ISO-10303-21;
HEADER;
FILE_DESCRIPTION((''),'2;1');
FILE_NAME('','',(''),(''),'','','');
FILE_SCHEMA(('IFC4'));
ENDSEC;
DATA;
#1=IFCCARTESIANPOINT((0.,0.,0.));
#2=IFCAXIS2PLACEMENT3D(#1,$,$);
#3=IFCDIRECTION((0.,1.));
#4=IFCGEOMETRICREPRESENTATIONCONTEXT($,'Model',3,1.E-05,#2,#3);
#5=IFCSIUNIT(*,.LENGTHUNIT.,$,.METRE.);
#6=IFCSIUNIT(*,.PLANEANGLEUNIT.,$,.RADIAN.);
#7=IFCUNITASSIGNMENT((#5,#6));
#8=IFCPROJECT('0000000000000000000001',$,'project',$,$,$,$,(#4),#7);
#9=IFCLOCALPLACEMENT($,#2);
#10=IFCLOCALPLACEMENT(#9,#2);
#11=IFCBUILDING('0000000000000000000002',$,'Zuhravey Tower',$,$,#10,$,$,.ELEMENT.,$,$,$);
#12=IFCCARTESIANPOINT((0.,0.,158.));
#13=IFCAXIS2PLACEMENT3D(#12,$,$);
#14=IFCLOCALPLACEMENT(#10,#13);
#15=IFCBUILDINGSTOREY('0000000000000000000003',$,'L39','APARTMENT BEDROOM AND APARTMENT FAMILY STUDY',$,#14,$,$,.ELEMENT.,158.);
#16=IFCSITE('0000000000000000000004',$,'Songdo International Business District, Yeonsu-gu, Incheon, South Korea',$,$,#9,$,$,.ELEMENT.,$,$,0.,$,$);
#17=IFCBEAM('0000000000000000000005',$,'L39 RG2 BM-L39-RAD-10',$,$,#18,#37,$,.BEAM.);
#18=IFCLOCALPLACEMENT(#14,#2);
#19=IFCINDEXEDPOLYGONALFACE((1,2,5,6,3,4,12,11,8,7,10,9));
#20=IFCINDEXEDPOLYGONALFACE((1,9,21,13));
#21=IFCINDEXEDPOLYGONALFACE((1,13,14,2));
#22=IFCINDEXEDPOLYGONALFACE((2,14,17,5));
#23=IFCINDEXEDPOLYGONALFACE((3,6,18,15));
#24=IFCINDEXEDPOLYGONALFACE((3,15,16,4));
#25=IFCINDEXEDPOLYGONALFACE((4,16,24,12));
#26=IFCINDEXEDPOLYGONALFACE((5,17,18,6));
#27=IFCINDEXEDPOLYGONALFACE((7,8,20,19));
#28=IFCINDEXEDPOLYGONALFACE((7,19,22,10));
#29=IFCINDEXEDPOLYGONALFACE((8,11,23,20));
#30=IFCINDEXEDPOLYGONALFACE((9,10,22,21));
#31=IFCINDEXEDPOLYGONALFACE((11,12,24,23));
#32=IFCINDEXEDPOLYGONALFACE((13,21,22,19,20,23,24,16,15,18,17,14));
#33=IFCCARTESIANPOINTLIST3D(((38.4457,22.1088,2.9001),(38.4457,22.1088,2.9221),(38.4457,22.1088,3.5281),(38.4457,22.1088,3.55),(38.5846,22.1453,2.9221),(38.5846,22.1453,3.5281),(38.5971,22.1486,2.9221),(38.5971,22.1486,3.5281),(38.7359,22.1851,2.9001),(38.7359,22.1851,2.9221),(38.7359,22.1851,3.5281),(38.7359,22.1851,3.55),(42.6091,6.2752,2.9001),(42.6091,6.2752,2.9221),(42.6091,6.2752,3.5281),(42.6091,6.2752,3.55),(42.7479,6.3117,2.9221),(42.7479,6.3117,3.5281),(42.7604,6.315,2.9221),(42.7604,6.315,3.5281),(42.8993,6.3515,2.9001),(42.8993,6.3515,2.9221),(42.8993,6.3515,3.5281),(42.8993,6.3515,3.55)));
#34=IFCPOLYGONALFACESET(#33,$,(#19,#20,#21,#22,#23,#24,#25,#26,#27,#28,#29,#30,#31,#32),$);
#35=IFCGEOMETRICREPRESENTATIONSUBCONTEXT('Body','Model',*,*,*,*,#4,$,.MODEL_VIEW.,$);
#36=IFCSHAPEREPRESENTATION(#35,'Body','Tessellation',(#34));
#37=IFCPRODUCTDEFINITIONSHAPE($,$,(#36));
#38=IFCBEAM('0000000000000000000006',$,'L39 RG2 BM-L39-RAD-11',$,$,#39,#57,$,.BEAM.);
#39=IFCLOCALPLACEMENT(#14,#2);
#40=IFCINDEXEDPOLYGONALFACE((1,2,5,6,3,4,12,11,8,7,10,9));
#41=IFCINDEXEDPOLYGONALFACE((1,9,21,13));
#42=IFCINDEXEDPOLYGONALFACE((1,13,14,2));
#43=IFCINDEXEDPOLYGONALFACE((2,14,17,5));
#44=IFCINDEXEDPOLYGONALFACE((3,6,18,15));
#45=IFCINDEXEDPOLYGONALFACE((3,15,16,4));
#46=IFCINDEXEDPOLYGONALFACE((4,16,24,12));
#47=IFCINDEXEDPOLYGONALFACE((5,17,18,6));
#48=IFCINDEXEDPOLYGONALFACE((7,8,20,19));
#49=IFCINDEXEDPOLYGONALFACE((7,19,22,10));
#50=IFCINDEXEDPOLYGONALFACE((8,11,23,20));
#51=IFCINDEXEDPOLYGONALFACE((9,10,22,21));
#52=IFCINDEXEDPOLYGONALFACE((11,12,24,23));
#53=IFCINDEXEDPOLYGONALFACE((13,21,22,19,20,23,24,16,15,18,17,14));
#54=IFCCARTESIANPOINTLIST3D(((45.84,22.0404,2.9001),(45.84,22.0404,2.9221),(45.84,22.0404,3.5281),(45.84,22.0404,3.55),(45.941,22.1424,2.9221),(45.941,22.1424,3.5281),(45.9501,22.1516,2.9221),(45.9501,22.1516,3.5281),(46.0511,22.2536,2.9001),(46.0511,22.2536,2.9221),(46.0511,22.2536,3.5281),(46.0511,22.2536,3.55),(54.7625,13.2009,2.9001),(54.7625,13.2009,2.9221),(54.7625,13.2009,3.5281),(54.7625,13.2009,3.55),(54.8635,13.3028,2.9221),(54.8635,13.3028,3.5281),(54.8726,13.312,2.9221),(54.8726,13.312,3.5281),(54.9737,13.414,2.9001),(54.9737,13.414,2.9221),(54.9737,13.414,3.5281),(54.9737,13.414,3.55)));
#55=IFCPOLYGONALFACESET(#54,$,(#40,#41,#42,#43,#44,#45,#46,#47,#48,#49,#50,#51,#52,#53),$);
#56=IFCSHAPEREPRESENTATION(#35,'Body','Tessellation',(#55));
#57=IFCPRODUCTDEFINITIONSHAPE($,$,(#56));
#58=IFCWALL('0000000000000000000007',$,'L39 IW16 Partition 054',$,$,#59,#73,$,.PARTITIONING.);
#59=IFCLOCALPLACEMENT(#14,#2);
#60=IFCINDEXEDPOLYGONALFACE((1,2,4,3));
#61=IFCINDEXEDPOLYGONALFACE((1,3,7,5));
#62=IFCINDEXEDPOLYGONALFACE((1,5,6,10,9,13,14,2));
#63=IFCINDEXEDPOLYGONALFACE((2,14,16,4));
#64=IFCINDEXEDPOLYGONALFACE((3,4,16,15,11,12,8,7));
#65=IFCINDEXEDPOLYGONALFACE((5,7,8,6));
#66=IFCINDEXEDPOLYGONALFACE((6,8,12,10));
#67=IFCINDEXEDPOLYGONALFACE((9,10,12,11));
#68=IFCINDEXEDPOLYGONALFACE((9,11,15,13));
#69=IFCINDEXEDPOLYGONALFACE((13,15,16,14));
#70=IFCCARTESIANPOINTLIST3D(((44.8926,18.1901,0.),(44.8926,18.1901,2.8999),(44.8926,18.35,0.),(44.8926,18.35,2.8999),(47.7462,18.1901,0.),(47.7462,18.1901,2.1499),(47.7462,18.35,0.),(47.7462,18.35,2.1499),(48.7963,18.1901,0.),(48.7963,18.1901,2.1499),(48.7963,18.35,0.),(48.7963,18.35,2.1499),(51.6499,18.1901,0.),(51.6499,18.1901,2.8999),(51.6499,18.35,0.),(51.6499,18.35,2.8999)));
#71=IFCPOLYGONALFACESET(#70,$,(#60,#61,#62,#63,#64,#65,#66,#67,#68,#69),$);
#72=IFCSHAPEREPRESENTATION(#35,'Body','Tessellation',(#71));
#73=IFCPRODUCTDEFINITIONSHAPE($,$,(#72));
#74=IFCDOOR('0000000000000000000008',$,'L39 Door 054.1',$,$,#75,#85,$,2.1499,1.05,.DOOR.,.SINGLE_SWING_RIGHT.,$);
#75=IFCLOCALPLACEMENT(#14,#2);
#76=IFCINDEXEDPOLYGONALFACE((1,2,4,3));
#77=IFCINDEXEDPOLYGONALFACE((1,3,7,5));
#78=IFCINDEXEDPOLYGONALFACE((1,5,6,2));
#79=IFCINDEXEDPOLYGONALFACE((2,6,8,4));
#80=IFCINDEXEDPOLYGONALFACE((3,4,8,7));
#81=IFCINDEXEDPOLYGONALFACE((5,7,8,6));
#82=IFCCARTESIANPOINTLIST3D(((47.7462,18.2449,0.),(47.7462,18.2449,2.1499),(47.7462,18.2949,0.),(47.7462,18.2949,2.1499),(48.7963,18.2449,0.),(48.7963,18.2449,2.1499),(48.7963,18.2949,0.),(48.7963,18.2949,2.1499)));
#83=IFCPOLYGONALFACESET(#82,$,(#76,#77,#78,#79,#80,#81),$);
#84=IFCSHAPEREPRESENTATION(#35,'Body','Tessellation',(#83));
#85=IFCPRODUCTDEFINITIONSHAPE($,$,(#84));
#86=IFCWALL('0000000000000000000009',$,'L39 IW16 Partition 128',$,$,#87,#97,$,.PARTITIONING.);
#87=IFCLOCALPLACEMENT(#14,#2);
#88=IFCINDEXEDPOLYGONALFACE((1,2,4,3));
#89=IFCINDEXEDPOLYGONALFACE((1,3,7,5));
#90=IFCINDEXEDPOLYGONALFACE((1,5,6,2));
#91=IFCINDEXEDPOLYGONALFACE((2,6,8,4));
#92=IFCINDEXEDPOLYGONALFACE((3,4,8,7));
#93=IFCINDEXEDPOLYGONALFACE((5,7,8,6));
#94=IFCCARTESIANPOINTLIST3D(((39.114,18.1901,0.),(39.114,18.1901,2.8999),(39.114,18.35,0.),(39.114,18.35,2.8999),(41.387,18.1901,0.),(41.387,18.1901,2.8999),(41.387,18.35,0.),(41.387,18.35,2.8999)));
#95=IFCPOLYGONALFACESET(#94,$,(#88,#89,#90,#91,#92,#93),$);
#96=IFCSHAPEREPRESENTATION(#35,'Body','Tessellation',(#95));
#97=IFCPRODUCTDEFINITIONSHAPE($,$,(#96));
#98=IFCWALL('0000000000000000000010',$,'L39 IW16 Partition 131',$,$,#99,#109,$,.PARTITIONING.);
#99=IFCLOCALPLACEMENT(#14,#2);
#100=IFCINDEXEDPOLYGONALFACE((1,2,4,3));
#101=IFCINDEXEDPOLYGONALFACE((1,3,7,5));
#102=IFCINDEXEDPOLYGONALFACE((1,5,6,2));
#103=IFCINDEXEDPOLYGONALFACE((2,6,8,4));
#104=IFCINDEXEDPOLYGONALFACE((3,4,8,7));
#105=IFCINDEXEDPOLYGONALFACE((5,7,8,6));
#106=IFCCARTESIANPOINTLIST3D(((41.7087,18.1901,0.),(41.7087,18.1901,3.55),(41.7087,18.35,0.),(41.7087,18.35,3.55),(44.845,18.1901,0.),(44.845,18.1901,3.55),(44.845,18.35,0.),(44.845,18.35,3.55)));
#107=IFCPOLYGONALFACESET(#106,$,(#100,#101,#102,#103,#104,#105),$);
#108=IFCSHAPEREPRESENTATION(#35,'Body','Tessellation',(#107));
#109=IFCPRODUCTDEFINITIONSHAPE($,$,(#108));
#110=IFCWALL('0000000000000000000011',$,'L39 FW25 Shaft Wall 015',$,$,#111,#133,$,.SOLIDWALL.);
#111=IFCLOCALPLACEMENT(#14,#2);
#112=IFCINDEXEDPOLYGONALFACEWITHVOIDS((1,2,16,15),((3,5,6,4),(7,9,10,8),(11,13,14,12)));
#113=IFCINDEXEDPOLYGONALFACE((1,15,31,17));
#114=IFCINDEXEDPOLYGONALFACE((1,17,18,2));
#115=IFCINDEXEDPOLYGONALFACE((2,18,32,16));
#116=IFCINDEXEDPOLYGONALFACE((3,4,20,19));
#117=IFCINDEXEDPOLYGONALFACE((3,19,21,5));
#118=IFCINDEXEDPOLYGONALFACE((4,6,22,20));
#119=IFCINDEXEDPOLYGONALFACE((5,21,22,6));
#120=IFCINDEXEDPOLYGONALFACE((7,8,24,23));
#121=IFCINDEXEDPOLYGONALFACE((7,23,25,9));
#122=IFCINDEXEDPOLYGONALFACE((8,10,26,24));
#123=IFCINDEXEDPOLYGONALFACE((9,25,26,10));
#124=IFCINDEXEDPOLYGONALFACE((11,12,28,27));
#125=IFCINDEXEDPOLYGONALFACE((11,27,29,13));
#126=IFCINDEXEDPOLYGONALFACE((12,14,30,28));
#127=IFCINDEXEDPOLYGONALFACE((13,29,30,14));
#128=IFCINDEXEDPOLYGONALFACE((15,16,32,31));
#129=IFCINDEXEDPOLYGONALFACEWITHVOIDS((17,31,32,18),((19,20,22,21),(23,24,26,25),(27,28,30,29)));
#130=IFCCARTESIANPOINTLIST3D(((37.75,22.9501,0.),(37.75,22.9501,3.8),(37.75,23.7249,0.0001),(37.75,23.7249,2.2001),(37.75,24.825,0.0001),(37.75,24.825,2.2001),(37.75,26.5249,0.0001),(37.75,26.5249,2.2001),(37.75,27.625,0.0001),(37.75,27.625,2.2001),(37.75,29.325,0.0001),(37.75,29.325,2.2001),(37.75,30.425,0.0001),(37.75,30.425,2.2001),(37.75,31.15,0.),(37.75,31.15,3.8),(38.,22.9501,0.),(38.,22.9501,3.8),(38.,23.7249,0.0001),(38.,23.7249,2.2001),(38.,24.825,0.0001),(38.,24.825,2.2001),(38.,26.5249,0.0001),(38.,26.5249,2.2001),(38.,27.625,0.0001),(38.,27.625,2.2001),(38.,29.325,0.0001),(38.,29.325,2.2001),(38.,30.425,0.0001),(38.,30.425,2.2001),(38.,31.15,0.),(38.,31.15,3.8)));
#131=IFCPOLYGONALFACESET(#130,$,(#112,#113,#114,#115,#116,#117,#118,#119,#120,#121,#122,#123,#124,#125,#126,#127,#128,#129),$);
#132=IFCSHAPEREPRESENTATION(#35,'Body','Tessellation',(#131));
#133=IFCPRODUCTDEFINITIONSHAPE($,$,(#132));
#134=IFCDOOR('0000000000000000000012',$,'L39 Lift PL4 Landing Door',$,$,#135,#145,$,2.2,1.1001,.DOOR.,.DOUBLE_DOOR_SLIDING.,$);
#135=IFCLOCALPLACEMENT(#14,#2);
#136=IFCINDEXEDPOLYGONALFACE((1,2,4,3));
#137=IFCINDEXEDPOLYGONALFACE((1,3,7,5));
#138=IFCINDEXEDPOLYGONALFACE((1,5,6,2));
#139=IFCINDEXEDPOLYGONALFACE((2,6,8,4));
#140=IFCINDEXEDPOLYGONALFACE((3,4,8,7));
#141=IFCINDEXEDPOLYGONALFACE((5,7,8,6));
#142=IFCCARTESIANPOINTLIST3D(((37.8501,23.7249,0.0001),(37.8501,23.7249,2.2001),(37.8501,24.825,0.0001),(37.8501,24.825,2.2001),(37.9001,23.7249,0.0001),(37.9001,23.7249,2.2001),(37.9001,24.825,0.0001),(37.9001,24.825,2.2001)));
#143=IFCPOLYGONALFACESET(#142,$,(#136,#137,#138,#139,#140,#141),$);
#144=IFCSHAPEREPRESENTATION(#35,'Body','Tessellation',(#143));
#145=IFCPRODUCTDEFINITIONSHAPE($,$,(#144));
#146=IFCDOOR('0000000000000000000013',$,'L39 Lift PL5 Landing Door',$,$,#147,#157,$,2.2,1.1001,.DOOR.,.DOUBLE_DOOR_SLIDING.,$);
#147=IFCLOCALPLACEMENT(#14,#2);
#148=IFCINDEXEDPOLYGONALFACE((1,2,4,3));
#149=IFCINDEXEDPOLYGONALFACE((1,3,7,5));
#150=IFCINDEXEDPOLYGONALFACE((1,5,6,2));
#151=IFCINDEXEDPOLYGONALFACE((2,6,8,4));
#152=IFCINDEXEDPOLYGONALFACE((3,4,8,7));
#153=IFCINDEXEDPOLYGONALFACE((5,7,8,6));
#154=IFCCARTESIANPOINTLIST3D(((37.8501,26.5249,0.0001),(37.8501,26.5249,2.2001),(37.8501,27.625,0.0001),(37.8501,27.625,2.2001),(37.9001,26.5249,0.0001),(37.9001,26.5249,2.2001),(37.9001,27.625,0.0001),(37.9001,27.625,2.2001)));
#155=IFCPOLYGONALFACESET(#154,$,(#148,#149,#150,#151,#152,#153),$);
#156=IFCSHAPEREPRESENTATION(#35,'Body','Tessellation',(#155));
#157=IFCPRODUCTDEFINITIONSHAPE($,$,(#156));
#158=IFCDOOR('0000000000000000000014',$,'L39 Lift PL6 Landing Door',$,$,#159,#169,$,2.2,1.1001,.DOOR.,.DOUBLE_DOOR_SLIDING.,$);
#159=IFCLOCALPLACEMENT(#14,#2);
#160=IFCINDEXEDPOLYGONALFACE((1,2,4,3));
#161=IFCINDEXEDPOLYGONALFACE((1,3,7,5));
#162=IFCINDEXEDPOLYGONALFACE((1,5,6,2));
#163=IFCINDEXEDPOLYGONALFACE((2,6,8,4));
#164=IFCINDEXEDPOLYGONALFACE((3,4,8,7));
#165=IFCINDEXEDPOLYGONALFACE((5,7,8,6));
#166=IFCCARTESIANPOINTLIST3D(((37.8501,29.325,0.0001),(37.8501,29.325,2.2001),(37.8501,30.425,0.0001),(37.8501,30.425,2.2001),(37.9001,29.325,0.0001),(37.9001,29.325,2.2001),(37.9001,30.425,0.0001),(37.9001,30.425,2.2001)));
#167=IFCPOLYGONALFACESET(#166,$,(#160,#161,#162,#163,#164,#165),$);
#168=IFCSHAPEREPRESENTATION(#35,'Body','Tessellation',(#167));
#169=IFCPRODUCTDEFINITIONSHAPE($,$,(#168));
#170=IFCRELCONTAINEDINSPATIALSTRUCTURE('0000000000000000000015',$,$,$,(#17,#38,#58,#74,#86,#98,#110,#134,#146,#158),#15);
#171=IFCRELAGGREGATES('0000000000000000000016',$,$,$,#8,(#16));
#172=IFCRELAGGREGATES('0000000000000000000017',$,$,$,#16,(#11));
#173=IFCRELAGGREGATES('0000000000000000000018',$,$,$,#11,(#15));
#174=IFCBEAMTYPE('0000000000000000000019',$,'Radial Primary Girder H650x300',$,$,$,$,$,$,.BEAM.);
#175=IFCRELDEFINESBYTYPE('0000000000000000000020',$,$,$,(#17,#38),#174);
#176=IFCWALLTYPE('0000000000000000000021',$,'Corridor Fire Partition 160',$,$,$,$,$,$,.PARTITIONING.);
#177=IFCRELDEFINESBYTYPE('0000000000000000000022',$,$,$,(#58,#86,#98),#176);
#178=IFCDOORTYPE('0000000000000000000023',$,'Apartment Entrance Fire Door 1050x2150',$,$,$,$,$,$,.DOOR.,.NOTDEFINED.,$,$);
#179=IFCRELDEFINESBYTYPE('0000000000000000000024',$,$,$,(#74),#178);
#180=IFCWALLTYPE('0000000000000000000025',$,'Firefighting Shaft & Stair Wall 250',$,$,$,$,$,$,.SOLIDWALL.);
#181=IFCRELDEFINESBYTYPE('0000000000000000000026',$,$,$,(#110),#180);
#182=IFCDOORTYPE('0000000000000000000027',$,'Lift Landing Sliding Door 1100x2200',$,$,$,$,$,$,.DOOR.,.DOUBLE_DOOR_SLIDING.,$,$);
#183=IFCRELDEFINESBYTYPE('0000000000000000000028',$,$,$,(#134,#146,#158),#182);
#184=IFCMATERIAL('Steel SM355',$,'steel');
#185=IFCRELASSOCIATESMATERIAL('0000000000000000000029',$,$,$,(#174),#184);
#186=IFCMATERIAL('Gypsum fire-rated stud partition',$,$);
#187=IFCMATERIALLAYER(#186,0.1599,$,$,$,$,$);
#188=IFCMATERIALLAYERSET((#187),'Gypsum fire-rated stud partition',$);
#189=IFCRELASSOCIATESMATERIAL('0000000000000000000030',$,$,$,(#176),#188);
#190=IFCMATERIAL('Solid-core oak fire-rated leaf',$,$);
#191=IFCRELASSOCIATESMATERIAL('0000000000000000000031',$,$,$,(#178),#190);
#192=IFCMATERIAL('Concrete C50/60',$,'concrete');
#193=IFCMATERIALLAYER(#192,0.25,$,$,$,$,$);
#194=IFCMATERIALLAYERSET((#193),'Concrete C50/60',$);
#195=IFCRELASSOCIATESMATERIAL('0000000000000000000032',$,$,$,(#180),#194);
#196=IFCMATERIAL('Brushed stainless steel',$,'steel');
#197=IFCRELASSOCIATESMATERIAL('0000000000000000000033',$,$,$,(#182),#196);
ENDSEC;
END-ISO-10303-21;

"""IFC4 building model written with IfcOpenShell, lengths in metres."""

from ifc_helpers import new_model, si_unit, direction, frame, frame_2d, origin, origin_2d, place, context, subcontext, project, spatial, rectangle, i_section, extrude, material, layer, layer_set, material_profile, profile_set, type_object, element, fill, save


model = new_model("IFC4")

# Units and contexts
model_context = context("Model", 3, precision=1e-05, world=origin(), true_north=direction((0.0, 1.0)))
body_context = subcontext(model_context, "Body", "Model", "MODEL_VIEW")
ifc_project = project(units=[si_unit("LENGTHUNIT", "METRE"), si_unit("PLANEANGLEUNIT", "RADIAN")], contexts=[model_context])

# Site, building, storey
site_placement = place(None, origin())
site = spatial("IfcSite", under=ifc_project, at=site_placement, Name="Songdo International Business District, Yeonsu-gu, Incheon, South Korea", CompositionType="ELEMENT", RefElevation=0.0)
building_placement = place(site_placement, origin())
building = spatial("IfcBuilding", under=site, at=building_placement, Name="Zuhravey Tower", CompositionType="ELEMENT")
storey_placement = place(building_placement, frame((0.0, 0.0, 158.0)))
storey = spatial("IfcBuildingStorey", under=building, at=storey_placement, Name="L39", Description="APARTMENT BEDROOM AND APARTMENT FAMILY STUDY", CompositionType="ELEMENT", Elevation=158.0)

# Beams
ifc_material_1 = material(Name="Steel SM355", Category="steel")
ifc_material_profile = material_profile(ifc_material_1, i_section(OverallWidth=0.3, OverallDepth=0.6499, WebThickness=0.0129, FlangeThickness=0.022, at=origin_2d()), Name="H-650x300x13x22")
ifc_profile_set = profile_set([ifc_material_profile], Name="Steel SM355")
beam_type = type_object("IfcBeamType", Name="Radial Primary Girder H650x300", PredefinedType="BEAM", material=ifc_profile_set)
beam_1_placement = place(storey_placement, frame((38.5908, 22.147, 3.2251), z_axis=(0.2543, -0.967125, 0.0), x_axis=(0.967125, 0.2543, 0.0)))
element("IfcBeam", 1, at=beam_1_placement, inside=storey, type_object=beam_type, Name="L39 RG2 BM-L39-RAD-10", PredefinedType="BEAM", context=body_context, shape_type="SweptSolid", body=[
    extrude(i_section(OverallWidth=0.3, OverallDepth=0.6499, WebThickness=0.0129, FlangeThickness=0.022, at=origin_2d()), origin(), (0.0, 0.0, 1.0), 16.3718),
])
beam_2_placement = place(storey_placement, frame((45.9456, 22.147, 3.2251), z_axis=(0.710404, -0.703795, 0.0), x_axis=(0.703795, 0.710404, 0.0)))
element("IfcBeam", 2, at=beam_2_placement, inside=storey, type_object=beam_type, Name="L39 RG2 BM-L39-RAD-11", PredefinedType="BEAM", context=body_context, shape_type="SweptSolid", body=[
    extrude(i_section(OverallWidth=0.3, OverallDepth=0.6499, WebThickness=0.0129, FlangeThickness=0.022, at=origin_2d()), origin(), (0.0, 0.0, 1.0), 12.5598),
])

# Wall, opening, door
ifc_material_2 = material(Name="Gypsum fire-rated stud partition")
ifc_layer_1 = layer(ifc_material_2, 0.1599)
ifc_layer_set_1 = layer_set([ifc_layer_1], Name="Gypsum fire-rated stud partition")
wall_type_1 = type_object("IfcWallType", Name="Corridor Fire Partition 160", PredefinedType="PARTITIONING", material=ifc_layer_set_1)
wall_1_placement = place(storey_placement, frame((44.8926, 18.27, 0.0), z_axis=(0.0, 0.0, 1.0), x_axis=(1.0, 0.0, 0.0)))
wall_1 = element("IfcWall", 3, at=wall_1_placement, inside=storey, type_object=wall_type_1, Name="L39 IW16 Partition 054", PredefinedType="PARTITIONING", context=body_context, shape_type="SweptSolid", body=[
    extrude(rectangle(XDim=6.7573, YDim=0.1599, at=frame_2d((3.3787, 0.0))), origin(), (0.0, 0.0, 1.0), 2.8999),
])
opening_1_placement = place(wall_1_placement, frame((2.8538, 0.0, 0.0)))
opening_1 = element("IfcOpeningElement", 4, at=opening_1_placement, cuts=wall_1, PredefinedType="OPENING", context=body_context, shape_type="SweptSolid", body=[
    extrude(rectangle(XDim=1.05, YDim=2.1499, at=frame_2d((0.5249, 1.075))), frame((0.0, 0.092, 0.0), z_axis=(0.0, -1.0, 0.0), x_axis=(1.0, 0.0, 0.0)), (0.0, 0.0, 1.0), 0.1838),
])
ifc_material_3 = material(Name="Solid-core oak fire-rated leaf")
door_type_1 = type_object("IfcDoorType", Name="Apartment Entrance Fire Door 1050x2150", OperationType="NOTDEFINED", PredefinedType="DOOR", material=ifc_material_3)
door_1_placement = place(opening_1_placement, origin())
door_1 = element("IfcDoor", 5, at=door_1_placement, inside=storey, type_object=door_type_1, Name="L39 Door 054.1", OperationType="SINGLE_SWING_RIGHT", OverallHeight=2.1499, OverallWidth=1.05, PredefinedType="DOOR", context=body_context, shape_type="SweptSolid", body=[
    extrude(rectangle(XDim=1.05, YDim=2.1499, at=frame_2d((0.5249, 1.075))), frame((0.0, 0.0249, 0.0), z_axis=(0.0, -1.0, 0.0), x_axis=(1.0, 0.0, 0.0)), (0.0, 0.0, 1.0), 0.05),
])
fill(opening_1, door_1)

# Walls
wall_2_placement = place(storey_placement, frame((39.114, 18.27, 0.0), z_axis=(0.0, 0.0, 1.0), x_axis=(1.0, 0.0, 0.0)))
element("IfcWall", 6, at=wall_2_placement, inside=storey, type_object=wall_type_1, Name="L39 IW16 Partition 128", PredefinedType="PARTITIONING", context=body_context, shape_type="SweptSolid", body=[
    extrude(rectangle(XDim=2.2729, YDim=0.1599, at=frame_2d((1.1365, 0.0))), origin(), (0.0, 0.0, 1.0), 2.8999),
])
wall_3_placement = place(storey_placement, frame((41.7087, 18.27, 0.0), z_axis=(0.0, 0.0, 1.0), x_axis=(1.0, 0.0, 0.0)))
element("IfcWall", 7, at=wall_3_placement, inside=storey, type_object=wall_type_1, Name="L39 IW16 Partition 131", PredefinedType="PARTITIONING", context=body_context, shape_type="SweptSolid", body=[
    extrude(rectangle(XDim=3.1362, YDim=0.1599, at=frame_2d((1.5681, 0.0))), origin(), (0.0, 0.0, 1.0), 3.55),
])

# Shared definitions
ifc_material_4 = material(Name="Concrete C50/60", Category="concrete")
ifc_layer_2 = layer(ifc_material_4, 0.25)
ifc_layer_set_2 = layer_set([ifc_layer_2], Name="Concrete C50/60")
wall_type_2 = type_object("IfcWallType", Name="Firefighting Shaft & Stair Wall 250", PredefinedType="SOLIDWALL", material=ifc_layer_set_2)

# Wall, openings, doors
wall_4_placement = place(storey_placement, frame((37.875, 22.95, 0.0), z_axis=(0.0, 0.0, 1.0), x_axis=(0.0, 1.0, 0.0)))
wall_4 = element("IfcWall", 8, at=wall_4_placement, inside=storey, type_object=wall_type_2, Name="L39 FW25 Shaft Wall 015", PredefinedType="SOLIDWALL", context=body_context, shape_type="SweptSolid", body=[
    extrude(rectangle(XDim=8.2, YDim=0.25, at=frame_2d((4.1001, 0.0))), origin(), (0.0, 0.0, 1.0), 3.8),
])
opening_2_placement = place(wall_4_placement, frame((0.7749, 0.0, 0.0)))
opening_2 = element("IfcOpeningElement", 9, at=opening_2_placement, cuts=wall_4, PredefinedType="OPENING", context=body_context, shape_type="SweptSolid", body=[
    extrude(rectangle(XDim=1.1001, YDim=2.2, at=frame_2d((0.55, 1.1001))), frame((0.0, 0.137, 0.0), z_axis=(0.0, -1.0, 0.0), x_axis=(1.0, 0.0, 0.0)), (0.0, 0.0, 1.0), 0.2739),
])
opening_3_placement = place(wall_4_placement, frame((3.575, 0.0, 0.0)))
opening_3 = element("IfcOpeningElement", 10, at=opening_3_placement, cuts=wall_4, PredefinedType="OPENING", context=body_context, shape_type="SweptSolid", body=[
    extrude(rectangle(XDim=1.1001, YDim=2.2, at=frame_2d((0.55, 1.1001))), frame((0.0, 0.137, 0.0), z_axis=(0.0, -1.0, 0.0), x_axis=(1.0, 0.0, 0.0)), (0.0, 0.0, 1.0), 0.2739),
])
opening_4_placement = place(wall_4_placement, frame((6.375, 0.0, 0.0)))
opening_4 = element("IfcOpeningElement", 11, at=opening_4_placement, cuts=wall_4, PredefinedType="OPENING", context=body_context, shape_type="SweptSolid", body=[
    extrude(rectangle(XDim=1.1001, YDim=2.2, at=frame_2d((0.55, 1.1001))), frame((0.0, 0.137, 0.0), z_axis=(0.0, -1.0, 0.0), x_axis=(1.0, 0.0, 0.0)), (0.0, 0.0, 1.0), 0.2739),
])
ifc_material_5 = material(Name="Brushed stainless steel", Category="steel")
door_type_2 = type_object("IfcDoorType", Name="Lift Landing Sliding Door 1100x2200", OperationType="DOUBLE_DOOR_SLIDING", PredefinedType="DOOR", material=ifc_material_5)
door_2_placement = place(opening_2_placement, origin())
door_2 = element("IfcDoor", 12, at=door_2_placement, inside=storey, type_object=door_type_2, Name="L39 Lift PL4 Landing Door", OperationType="DOUBLE_DOOR_SLIDING", OverallHeight=2.2, OverallWidth=1.1001, PredefinedType="DOOR", context=body_context, shape_type="SweptSolid", body=[
    extrude(rectangle(XDim=1.1001, YDim=2.2, at=frame_2d((0.55, 1.1001))), frame((0.0, 0.0249, 0.0), z_axis=(0.0, -1.0, 0.0), x_axis=(1.0, 0.0, 0.0)), (0.0, 0.0, 1.0), 0.05),
])
fill(opening_2, door_2)
door_3_placement = place(opening_3_placement, origin())
door_3 = element("IfcDoor", 13, at=door_3_placement, inside=storey, type_object=door_type_2, Name="L39 Lift PL5 Landing Door", OperationType="DOUBLE_DOOR_SLIDING", OverallHeight=2.2, OverallWidth=1.1001, PredefinedType="DOOR", context=body_context, shape_type="SweptSolid", body=[
    extrude(rectangle(XDim=1.1001, YDim=2.2, at=frame_2d((0.55, 1.1001))), frame((0.0, 0.0249, 0.0), z_axis=(0.0, -1.0, 0.0), x_axis=(1.0, 0.0, 0.0)), (0.0, 0.0, 1.0), 0.05),
])
fill(opening_3, door_3)
door_4_placement = place(opening_4_placement, origin())
door_4 = element("IfcDoor", 14, at=door_4_placement, inside=storey, type_object=door_type_2, Name="L39 Lift PL6 Landing Door", OperationType="DOUBLE_DOOR_SLIDING", OverallHeight=2.2, OverallWidth=1.1001, PredefinedType="DOOR", context=body_context, shape_type="SweptSolid", body=[
    extrude(rectangle(XDim=1.1001, YDim=2.2, at=frame_2d((0.55, 1.1001))), frame((0.0, 0.0249, 0.0), z_axis=(0.0, -1.0, 0.0), x_axis=(1.0, 0.0, 0.0)), (0.0, 0.0, 1.0), 0.05),
])
fill(opening_4, door_4)

save(model, "model.ifc")
